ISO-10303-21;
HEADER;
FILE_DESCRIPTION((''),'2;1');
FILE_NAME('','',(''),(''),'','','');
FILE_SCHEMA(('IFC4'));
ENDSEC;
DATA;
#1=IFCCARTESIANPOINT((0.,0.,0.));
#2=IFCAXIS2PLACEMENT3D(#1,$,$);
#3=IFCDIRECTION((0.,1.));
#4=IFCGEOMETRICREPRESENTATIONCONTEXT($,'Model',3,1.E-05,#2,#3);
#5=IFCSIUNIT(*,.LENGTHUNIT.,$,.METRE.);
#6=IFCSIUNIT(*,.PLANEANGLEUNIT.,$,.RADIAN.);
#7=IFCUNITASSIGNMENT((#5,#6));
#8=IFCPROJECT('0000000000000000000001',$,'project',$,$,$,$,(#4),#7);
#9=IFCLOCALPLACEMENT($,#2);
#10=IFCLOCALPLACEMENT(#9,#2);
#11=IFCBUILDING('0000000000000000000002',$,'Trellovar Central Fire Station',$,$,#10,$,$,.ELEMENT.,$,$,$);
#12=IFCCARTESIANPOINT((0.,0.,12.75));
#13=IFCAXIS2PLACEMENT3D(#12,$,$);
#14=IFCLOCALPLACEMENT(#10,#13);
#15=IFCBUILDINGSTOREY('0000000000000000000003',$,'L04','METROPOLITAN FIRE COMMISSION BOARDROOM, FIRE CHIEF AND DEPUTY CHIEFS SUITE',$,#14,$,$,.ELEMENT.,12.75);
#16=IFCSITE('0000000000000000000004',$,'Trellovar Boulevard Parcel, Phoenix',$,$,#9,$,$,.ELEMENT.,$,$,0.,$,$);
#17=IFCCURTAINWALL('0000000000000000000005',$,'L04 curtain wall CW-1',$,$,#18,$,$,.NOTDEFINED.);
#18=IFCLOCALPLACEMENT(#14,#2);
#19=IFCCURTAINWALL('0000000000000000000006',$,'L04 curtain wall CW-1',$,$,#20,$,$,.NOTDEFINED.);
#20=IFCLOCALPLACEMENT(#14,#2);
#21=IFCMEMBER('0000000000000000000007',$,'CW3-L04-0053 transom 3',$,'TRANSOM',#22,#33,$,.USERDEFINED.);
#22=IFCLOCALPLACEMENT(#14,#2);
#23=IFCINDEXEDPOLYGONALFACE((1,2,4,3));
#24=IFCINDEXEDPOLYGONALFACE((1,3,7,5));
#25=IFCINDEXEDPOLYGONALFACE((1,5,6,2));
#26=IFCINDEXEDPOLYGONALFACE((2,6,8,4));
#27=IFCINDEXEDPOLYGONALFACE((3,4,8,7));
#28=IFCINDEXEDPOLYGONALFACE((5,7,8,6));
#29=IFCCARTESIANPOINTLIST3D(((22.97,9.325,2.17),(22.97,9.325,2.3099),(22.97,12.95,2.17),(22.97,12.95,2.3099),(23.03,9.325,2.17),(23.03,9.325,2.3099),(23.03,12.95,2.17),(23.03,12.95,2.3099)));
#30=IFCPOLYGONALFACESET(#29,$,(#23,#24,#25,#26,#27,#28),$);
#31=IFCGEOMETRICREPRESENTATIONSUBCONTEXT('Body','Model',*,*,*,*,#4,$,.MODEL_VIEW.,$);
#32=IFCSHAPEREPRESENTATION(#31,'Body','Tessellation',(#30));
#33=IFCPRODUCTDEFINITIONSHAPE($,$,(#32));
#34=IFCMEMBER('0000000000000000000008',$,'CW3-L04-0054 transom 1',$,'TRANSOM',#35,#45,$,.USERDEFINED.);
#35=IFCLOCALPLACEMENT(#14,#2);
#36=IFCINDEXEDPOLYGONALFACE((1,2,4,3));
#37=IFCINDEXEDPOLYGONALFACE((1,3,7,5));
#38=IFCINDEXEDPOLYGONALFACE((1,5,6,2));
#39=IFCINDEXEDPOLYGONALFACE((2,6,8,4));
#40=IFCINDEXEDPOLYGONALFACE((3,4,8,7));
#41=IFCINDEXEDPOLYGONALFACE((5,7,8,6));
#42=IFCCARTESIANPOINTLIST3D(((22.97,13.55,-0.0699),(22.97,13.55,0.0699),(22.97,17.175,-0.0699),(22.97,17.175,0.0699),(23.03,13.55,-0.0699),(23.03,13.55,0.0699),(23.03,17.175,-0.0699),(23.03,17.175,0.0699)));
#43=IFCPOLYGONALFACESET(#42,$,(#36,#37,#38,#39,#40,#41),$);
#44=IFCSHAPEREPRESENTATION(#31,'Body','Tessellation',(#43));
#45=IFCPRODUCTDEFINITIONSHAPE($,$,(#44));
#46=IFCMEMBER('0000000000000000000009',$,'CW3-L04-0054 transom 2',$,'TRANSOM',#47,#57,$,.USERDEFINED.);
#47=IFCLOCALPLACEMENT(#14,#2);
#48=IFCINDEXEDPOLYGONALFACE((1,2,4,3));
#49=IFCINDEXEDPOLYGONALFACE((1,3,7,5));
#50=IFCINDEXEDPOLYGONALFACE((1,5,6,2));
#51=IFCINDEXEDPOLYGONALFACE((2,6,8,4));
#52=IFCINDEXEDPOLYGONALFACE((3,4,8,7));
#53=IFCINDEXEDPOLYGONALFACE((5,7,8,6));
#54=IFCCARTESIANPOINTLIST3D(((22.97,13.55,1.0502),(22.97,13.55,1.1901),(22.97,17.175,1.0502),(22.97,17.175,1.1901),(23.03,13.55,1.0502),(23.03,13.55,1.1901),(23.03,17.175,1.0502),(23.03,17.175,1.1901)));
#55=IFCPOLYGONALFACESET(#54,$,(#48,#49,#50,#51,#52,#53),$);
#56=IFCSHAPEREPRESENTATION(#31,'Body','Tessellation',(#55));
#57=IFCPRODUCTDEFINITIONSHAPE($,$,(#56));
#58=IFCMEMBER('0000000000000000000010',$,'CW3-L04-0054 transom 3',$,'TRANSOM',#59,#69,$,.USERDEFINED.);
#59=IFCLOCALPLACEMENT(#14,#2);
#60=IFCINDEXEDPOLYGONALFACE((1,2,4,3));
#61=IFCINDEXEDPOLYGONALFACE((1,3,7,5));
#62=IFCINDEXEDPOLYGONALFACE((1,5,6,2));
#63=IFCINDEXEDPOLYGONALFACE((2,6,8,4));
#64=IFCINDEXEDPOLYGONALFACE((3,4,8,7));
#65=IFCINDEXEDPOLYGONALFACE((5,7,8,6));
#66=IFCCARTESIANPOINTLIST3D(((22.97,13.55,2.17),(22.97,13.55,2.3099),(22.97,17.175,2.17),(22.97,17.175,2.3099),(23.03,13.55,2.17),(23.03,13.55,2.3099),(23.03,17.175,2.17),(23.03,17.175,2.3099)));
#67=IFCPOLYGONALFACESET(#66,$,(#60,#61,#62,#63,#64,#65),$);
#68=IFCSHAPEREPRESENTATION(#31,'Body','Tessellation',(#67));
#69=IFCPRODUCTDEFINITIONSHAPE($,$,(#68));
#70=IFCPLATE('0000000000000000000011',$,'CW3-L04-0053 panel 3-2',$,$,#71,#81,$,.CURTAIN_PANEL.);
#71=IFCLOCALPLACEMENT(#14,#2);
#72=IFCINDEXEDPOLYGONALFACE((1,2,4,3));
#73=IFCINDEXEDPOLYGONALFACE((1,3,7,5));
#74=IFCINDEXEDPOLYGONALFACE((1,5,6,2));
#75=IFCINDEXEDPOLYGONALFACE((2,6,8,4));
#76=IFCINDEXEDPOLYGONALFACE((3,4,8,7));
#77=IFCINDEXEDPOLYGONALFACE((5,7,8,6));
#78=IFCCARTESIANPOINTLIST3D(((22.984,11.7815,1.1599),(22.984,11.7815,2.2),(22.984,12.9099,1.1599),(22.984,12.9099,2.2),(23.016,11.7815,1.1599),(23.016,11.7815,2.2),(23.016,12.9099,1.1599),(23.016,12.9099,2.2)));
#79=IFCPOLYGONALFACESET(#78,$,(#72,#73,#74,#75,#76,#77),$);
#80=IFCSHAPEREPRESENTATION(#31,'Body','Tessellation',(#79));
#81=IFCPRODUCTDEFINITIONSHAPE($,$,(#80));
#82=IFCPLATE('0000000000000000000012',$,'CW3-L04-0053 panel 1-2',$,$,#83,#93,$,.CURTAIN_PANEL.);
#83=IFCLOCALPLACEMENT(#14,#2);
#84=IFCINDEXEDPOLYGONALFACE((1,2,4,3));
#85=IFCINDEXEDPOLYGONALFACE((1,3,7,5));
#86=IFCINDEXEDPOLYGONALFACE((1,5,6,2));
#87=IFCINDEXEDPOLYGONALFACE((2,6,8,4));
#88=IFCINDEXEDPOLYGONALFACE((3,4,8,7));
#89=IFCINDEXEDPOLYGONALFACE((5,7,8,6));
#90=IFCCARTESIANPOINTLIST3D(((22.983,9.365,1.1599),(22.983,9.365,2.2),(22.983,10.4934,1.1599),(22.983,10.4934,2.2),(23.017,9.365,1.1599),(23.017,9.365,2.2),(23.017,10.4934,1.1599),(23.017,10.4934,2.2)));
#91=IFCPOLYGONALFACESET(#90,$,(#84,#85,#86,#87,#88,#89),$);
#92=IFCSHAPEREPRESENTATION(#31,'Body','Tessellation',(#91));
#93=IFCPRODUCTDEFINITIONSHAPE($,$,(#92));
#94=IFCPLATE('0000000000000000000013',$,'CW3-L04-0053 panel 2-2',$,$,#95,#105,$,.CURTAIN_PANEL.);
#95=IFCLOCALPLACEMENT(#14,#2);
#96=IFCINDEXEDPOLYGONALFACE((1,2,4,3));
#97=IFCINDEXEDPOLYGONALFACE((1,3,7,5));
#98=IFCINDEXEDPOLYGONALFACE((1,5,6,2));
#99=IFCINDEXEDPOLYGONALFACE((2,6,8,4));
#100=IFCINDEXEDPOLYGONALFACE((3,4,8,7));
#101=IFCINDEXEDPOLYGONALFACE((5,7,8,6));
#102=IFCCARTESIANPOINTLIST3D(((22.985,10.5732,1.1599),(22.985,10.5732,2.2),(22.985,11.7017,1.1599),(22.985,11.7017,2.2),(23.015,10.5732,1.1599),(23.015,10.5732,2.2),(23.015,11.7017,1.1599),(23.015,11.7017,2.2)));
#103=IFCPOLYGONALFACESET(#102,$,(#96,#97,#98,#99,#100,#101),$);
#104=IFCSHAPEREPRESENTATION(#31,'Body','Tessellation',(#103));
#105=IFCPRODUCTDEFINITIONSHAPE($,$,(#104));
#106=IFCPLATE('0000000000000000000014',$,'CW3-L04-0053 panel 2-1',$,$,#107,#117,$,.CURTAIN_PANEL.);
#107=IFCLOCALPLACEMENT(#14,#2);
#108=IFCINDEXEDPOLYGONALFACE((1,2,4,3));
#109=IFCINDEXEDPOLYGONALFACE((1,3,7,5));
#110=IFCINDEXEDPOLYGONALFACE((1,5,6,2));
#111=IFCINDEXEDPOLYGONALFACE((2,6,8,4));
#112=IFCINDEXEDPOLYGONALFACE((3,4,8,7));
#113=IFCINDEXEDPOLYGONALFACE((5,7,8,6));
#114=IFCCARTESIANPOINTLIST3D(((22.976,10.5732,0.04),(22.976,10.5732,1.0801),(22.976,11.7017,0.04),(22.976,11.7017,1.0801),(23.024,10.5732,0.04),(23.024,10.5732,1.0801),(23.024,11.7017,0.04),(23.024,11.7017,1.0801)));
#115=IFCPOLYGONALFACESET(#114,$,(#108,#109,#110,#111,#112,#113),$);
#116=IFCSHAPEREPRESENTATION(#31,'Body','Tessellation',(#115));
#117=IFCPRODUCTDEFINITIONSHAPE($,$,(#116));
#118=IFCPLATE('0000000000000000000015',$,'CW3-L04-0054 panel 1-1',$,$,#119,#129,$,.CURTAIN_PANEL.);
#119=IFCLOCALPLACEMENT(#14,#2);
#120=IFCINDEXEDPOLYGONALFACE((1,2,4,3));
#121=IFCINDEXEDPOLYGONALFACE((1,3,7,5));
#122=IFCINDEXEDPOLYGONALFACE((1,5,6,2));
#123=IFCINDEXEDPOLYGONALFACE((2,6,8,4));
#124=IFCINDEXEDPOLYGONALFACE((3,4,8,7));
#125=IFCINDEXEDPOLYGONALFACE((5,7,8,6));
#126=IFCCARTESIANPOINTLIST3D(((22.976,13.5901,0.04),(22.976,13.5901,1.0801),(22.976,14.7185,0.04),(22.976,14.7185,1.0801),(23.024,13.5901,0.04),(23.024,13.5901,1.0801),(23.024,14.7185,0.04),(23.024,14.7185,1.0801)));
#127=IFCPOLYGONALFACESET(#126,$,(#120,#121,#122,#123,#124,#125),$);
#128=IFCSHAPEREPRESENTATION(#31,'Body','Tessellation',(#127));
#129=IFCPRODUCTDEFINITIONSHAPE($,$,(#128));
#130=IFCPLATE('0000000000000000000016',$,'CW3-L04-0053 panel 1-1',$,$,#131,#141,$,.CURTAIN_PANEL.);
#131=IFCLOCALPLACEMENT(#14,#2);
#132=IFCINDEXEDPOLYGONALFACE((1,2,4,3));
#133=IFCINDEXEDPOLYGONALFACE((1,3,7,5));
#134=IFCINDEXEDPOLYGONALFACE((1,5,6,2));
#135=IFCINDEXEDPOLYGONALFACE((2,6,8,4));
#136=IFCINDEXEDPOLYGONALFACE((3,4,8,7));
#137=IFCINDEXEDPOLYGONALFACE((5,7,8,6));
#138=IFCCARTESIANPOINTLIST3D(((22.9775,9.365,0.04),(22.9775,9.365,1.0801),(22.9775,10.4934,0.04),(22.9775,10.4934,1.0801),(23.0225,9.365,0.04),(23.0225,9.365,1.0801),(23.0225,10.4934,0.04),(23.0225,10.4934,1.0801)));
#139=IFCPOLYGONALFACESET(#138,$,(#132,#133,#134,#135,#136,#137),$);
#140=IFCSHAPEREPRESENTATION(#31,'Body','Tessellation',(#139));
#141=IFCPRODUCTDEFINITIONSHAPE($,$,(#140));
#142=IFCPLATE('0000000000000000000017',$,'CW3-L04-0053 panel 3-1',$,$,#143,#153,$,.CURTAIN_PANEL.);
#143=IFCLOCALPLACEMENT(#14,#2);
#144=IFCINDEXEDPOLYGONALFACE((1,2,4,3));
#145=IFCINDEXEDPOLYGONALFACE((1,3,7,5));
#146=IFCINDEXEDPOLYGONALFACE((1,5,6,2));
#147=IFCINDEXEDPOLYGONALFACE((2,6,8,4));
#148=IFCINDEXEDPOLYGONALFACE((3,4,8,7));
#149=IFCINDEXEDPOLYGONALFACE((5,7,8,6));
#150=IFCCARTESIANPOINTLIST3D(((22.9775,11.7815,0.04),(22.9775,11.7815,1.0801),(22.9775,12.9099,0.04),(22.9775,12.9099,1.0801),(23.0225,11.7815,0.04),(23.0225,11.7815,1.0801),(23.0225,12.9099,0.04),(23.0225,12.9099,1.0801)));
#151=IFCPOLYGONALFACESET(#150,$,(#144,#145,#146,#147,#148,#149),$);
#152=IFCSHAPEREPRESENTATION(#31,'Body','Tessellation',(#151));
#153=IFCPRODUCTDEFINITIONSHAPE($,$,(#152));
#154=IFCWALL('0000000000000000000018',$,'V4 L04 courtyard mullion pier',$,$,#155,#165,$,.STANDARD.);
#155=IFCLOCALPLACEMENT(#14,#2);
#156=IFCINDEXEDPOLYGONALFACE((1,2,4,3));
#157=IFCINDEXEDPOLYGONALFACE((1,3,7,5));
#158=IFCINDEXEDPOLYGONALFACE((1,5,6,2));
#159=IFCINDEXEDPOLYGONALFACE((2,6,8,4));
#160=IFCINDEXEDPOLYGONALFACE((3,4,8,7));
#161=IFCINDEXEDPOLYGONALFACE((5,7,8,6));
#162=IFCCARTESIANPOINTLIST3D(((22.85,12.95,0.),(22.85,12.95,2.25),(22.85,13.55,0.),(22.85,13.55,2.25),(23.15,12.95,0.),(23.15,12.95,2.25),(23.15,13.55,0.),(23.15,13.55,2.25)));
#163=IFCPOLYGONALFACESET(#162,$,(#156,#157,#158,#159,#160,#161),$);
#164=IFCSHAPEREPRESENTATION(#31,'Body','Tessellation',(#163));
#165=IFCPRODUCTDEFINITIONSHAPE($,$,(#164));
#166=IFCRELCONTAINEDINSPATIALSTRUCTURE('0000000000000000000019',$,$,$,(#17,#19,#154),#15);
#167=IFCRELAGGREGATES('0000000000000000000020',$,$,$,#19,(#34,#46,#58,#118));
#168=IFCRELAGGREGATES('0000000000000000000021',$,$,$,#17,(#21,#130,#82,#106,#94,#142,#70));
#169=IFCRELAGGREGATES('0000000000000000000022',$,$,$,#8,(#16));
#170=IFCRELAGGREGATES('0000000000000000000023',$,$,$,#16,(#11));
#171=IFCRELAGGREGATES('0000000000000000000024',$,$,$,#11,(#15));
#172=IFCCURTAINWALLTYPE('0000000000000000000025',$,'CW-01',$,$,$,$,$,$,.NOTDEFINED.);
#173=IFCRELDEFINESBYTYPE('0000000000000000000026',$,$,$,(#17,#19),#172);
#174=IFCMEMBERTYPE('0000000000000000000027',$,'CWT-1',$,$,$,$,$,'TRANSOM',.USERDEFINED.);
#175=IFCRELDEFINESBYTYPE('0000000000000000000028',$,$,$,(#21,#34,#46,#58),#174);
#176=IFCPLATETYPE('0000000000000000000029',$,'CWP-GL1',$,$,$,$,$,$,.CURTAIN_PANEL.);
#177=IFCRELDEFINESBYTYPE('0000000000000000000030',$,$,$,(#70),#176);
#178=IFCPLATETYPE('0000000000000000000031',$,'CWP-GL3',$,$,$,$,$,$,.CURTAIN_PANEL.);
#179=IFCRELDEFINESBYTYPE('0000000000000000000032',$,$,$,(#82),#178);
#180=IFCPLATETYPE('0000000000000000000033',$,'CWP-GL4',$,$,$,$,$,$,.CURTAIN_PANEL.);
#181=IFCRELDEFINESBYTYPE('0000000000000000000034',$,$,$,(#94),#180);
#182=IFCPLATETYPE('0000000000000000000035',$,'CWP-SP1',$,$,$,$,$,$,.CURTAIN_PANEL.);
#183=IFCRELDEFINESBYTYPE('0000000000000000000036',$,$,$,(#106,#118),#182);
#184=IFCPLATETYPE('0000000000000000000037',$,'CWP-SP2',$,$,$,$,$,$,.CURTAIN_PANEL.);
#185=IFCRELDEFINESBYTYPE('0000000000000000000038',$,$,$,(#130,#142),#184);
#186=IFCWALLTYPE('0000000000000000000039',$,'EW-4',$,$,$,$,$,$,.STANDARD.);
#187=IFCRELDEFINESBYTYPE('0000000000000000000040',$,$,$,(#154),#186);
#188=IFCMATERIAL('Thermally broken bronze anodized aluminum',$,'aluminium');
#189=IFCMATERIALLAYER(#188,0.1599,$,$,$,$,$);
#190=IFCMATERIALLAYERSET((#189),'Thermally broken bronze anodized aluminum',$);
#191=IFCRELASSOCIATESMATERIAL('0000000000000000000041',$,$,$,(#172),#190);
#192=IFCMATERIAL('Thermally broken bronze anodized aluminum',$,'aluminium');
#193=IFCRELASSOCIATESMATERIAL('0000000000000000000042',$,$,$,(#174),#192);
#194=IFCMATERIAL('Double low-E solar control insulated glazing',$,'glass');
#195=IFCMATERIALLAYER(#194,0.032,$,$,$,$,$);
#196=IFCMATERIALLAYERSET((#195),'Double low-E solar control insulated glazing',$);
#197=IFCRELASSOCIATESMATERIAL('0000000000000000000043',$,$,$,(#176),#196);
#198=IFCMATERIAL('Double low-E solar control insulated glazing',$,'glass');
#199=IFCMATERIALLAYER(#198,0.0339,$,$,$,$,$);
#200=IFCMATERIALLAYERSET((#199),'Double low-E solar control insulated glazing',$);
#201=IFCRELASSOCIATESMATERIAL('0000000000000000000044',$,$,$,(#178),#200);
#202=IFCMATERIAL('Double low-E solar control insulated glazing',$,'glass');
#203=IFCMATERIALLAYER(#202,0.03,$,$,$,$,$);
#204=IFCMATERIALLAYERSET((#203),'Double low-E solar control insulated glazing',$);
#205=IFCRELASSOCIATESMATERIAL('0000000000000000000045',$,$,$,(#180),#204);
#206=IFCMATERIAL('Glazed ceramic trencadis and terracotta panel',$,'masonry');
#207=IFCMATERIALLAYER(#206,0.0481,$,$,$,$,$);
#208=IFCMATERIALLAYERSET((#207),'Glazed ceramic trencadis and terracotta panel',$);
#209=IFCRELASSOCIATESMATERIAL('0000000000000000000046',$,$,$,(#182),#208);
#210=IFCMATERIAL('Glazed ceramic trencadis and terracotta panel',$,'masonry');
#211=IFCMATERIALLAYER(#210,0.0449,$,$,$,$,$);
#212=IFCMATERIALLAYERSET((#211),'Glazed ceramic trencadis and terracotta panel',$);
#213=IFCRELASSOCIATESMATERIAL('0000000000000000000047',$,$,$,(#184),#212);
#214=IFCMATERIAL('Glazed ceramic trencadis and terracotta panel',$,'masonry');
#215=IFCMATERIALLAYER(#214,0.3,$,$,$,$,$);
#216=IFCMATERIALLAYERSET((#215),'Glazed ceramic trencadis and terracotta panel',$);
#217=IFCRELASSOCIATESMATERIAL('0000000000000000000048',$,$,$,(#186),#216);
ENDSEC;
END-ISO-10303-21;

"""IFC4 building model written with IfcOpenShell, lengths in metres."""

from ifc_helpers import new_model, si_unit, direction, frame, frame_2d, origin, origin_2d, place, context, subcontext, project, spatial, rectangle, extrude, material, layer, layer_set, material_profile, profile_set, type_object, element, aggregate, save


model = new_model("IFC4")

# Units and contexts
model_context = context("Model", 3, precision=1e-05, world=origin(), true_north=direction((0.0, 1.0)))
body_context = subcontext(model_context, "Body", "Model", "MODEL_VIEW")
ifc_project = project(units=[si_unit("LENGTHUNIT", "METRE"), si_unit("PLANEANGLEUNIT", "RADIAN")], contexts=[model_context])

# Site, building, storey
site_placement = place(None, origin())
site = spatial("IfcSite", under=ifc_project, at=site_placement, Name="Trellovar Boulevard Parcel, Phoenix", CompositionType="ELEMENT", RefElevation=0.0)
building_placement = place(site_placement, origin())
building = spatial("IfcBuilding", under=site, at=building_placement, Name="Trellovar Central Fire Station", CompositionType="ELEMENT")
storey_placement = place(building_placement, frame((0.0, 0.0, 12.75)))
storey = spatial("IfcBuildingStorey", under=building, at=storey_placement, Name="L04", Description="METROPOLITAN FIRE COMMISSION BOARDROOM, FIRE CHIEF AND DEPUTY CHIEFS SUITE", CompositionType="ELEMENT", Elevation=12.75)

# Curtain wall
ifc_material_1 = material(Name="Thermally broken bronze anodized aluminum", Category="aluminium")
ifc_layer_1 = layer(ifc_material_1, 0.1599)
ifc_layer_set_1 = layer_set([ifc_layer_1], Name="Thermally broken bronze anodized aluminum")
curtain_wall_type = type_object("IfcCurtainWallType", Name="CW-01", PredefinedType="NOTDEFINED", material=ifc_layer_set_1)
curtain_wall_1_placement = place(storey_placement, origin())
curtain_wall_1 = element("IfcCurtainWall", 1, at=curtain_wall_1_placement, inside=storey, type_object=curtain_wall_type, Name="L04 curtain wall CW-1", PredefinedType="NOTDEFINED")

# Curtain wall
curtain_wall_2_placement = place(storey_placement, origin())
curtain_wall_2 = element("IfcCurtainWall", 2, at=curtain_wall_2_placement, inside=storey, type_object=curtain_wall_type, Name="L04 curtain wall CW-1", PredefinedType="NOTDEFINED")

# Members
ifc_material_2 = material(Name="Thermally broken bronze anodized aluminum", Category="aluminium")
ifc_material_profile_1 = material_profile(ifc_material_2, rectangle(XDim=0.0601, YDim=0.1399, at=origin_2d()), Name="ALU60X140")
ifc_profile_set_1 = profile_set([ifc_material_profile_1], Name="Thermally broken bronze anodized aluminum")
member_type_1 = type_object("IfcMemberType", Name="CWT-1", ElementType="TRANSOM", PredefinedType="USERDEFINED", material=ifc_profile_set_1)
member_1_placement = place(storey_placement, frame((23.0, 9.325, 2.24), z_axis=(0.0, 1.0, 0.0), x_axis=(-1.0, 0.0, 0.0)))
member_1 = element("IfcMember", 3, at=member_1_placement, type_object=member_type_1, Name="CW3-L04-0053 transom 3", ObjectType="TRANSOM", PredefinedType="USERDEFINED", context=body_context, shape_type="SweptSolid", body=[
    extrude(rectangle(XDim=0.0601, YDim=0.1399, at=origin_2d()), origin(), (0.0, 0.0, 1.0), 3.625),
])
member_2_placement = place(storey_placement, frame((23.0, 13.55, 0.0), z_axis=(0.0, 1.0, 0.0), x_axis=(-1.0, 0.0, 0.0)))
member_2 = element("IfcMember", 4, at=member_2_placement, type_object=member_type_1, Name="CW3-L04-0054 transom 1", ObjectType="TRANSOM", PredefinedType="USERDEFINED", context=body_context, shape_type="SweptSolid", body=[
    extrude(rectangle(XDim=0.0601, YDim=0.1399, at=origin_2d()), origin(), (0.0, 0.0, 1.0), 3.625),
])
member_3_placement = place(storey_placement, frame((23.0, 13.55, 1.1201), z_axis=(0.0, 1.0, 0.0), x_axis=(-1.0, 0.0, 0.0)))
member_3 = element("IfcMember", 5, at=member_3_placement, type_object=member_type_1, Name="CW3-L04-0054 transom 2", ObjectType="TRANSOM", PredefinedType="USERDEFINED", context=body_context, shape_type="SweptSolid", body=[
    extrude(rectangle(XDim=0.0601, YDim=0.1399, at=origin_2d()), origin(), (0.0, 0.0, 1.0), 3.625),
])
member_4_placement = place(storey_placement, frame((23.0, 13.55, 2.24), z_axis=(0.0, 1.0, 0.0), x_axis=(-1.0, 0.0, 0.0)))
member_4 = element("IfcMember", 6, at=member_4_placement, type_object=member_type_1, Name="CW3-L04-0054 transom 3", ObjectType="TRANSOM", PredefinedType="USERDEFINED", context=body_context, shape_type="SweptSolid", body=[
    extrude(rectangle(XDim=0.0601, YDim=0.1399, at=origin_2d()), origin(), (0.0, 0.0, 1.0), 3.625),
])

# Plates
ifc_material_3 = material(Name="Double low-E solar control insulated glazing", Category="glass")
ifc_layer_2 = layer(ifc_material_3, 0.032)
ifc_layer_set_2 = layer_set([ifc_layer_2], Name="Double low-E solar control insulated glazing")
plate_type_1 = type_object("IfcPlateType", Name="CWP-GL1", PredefinedType="CURTAIN_PANEL", material=ifc_layer_set_2)
plate_1_placement = place(storey_placement, frame((23.0, 12.3457, 1.1599), z_axis=(0.0, 0.0, 1.0), x_axis=(0.0, 1.0, 0.0)))
plate_1 = element("IfcPlate", 7, at=plate_1_placement, type_object=plate_type_1, Name="CW3-L04-0053 panel 3-2", PredefinedType="CURTAIN_PANEL", context=body_context, shape_type="SweptSolid", body=[
    extrude(rectangle(XDim=1.1284, YDim=0.032, at=origin_2d()), origin(), (0.0, 0.0, 1.0), 1.04),
])
ifc_material_4 = material(Name="Double low-E solar control insulated glazing", Category="glass")
ifc_layer_3 = layer(ifc_material_4, 0.0339)
ifc_layer_set_3 = layer_set([ifc_layer_3], Name="Double low-E solar control insulated glazing")
plate_type_2 = type_object("IfcPlateType", Name="CWP-GL3", PredefinedType="CURTAIN_PANEL", material=ifc_layer_set_3)
plate_2_placement = place(storey_placement, frame((23.0, 9.9292, 1.1599), z_axis=(0.0, 0.0, 1.0), x_axis=(0.0, 1.0, 0.0)))
plate_2 = element("IfcPlate", 8, at=plate_2_placement, type_object=plate_type_2, Name="CW3-L04-0053 panel 1-2", PredefinedType="CURTAIN_PANEL", context=body_context, shape_type="SweptSolid", body=[
    extrude(rectangle(XDim=1.1284, YDim=0.0339, at=origin_2d()), origin(), (0.0, 0.0, 1.0), 1.04),
])
ifc_material_5 = material(Name="Double low-E solar control insulated glazing", Category="glass")
ifc_layer_4 = layer(ifc_material_5, 0.03)
ifc_layer_set_4 = layer_set([ifc_layer_4], Name="Double low-E solar control insulated glazing")
plate_type_3 = type_object("IfcPlateType", Name="CWP-GL4", PredefinedType="CURTAIN_PANEL", material=ifc_layer_set_4)
plate_3_placement = place(storey_placement, frame((23.0, 11.1375, 1.1599), z_axis=(0.0, 0.0, 1.0), x_axis=(0.0, 1.0, 0.0)))
plate_3 = element("IfcPlate", 9, at=plate_3_placement, type_object=plate_type_3, Name="CW3-L04-0053 panel 2-2", PredefinedType="CURTAIN_PANEL", context=body_context, shape_type="SweptSolid", body=[
    extrude(rectangle(XDim=1.1284, YDim=0.03, at=origin_2d()), origin(), (0.0, 0.0, 1.0), 1.04),
])
ifc_material_6 = material(Name="Glazed ceramic trencadis and terracotta panel", Category="masonry")
ifc_layer_5 = layer(ifc_material_6, 0.0481)
ifc_layer_set_5 = layer_set([ifc_layer_5], Name="Glazed ceramic trencadis and terracotta panel")
plate_type_4 = type_object("IfcPlateType", Name="CWP-SP1", PredefinedType="CURTAIN_PANEL", material=ifc_layer_set_5)
plate_4_placement = place(storey_placement, frame((23.0, 11.1375, 0.04), z_axis=(0.0, 0.0, 1.0), x_axis=(0.0, 1.0, 0.0)))
plate_4 = element("IfcPlate", 10, at=plate_4_placement, type_object=plate_type_4, Name="CW3-L04-0053 panel 2-1", PredefinedType="CURTAIN_PANEL", context=body_context, shape_type="SweptSolid", body=[
    extrude(rectangle(XDim=1.1284, YDim=0.0481, at=origin_2d()), origin(), (0.0, 0.0, 1.0), 1.04),
])
plate_5_placement = place(storey_placement, frame((23.0, 14.1543, 0.04), z_axis=(0.0, 0.0, 1.0), x_axis=(0.0, 1.0, 0.0)))
plate_5 = element("IfcPlate", 11, at=plate_5_placement, type_object=plate_type_4, Name="CW3-L04-0054 panel 1-1", PredefinedType="CURTAIN_PANEL", context=body_context, shape_type="SweptSolid", body=[
    extrude(rectangle(XDim=1.1284, YDim=0.0481, at=origin_2d()), origin(), (0.0, 0.0, 1.0), 1.04),
])
aggregate(curtain_wall_2, [member_2, member_3, member_4, plate_5])
ifc_material_7 = material(Name="Glazed ceramic trencadis and terracotta panel", Category="masonry")
ifc_layer_6 = layer(ifc_material_7, 0.0449)
ifc_layer_set_6 = layer_set([ifc_layer_6], Name="Glazed ceramic trencadis and terracotta panel")
plate_type_5 = type_object("IfcPlateType", Name="CWP-SP2", PredefinedType="CURTAIN_PANEL", material=ifc_layer_set_6)
plate_6_placement = place(storey_placement, frame((23.0, 9.9292, 0.04), z_axis=(0.0, 0.0, 1.0), x_axis=(0.0, 1.0, 0.0)))
plate_6 = element("IfcPlate", 12, at=plate_6_placement, type_object=plate_type_5, Name="CW3-L04-0053 panel 1-1", PredefinedType="CURTAIN_PANEL", context=body_context, shape_type="SweptSolid", body=[
    extrude(rectangle(XDim=1.1284, YDim=0.0449, at=origin_2d()), origin(), (0.0, 0.0, 1.0), 1.04),
])
plate_7_placement = place(storey_placement, frame((23.0, 12.3457, 0.04), z_axis=(0.0, 0.0, 1.0), x_axis=(0.0, 1.0, 0.0)))
plate_7 = element("IfcPlate", 13, at=plate_7_placement, type_object=plate_type_5, Name="CW3-L04-0053 panel 3-1", PredefinedType="CURTAIN_PANEL", context=body_context, shape_type="SweptSolid", body=[
    extrude(rectangle(XDim=1.1284, YDim=0.0449, at=origin_2d()), origin(), (0.0, 0.0, 1.0), 1.04),
])
aggregate(curtain_wall_1, [member_1, plate_6, plate_2, plate_4, plate_3, plate_7, plate_1])

# Wall
ifc_material_8 = material(Name="Glazed ceramic trencadis and terracotta panel", Category="masonry")
ifc_layer_7 = layer(ifc_material_8, 0.3)
ifc_layer_set_7 = layer_set([ifc_layer_7], Name="Glazed ceramic trencadis and terracotta panel")
wall_type = type_object("IfcWallType", Name="EW-4", PredefinedType="STANDARD", material=ifc_layer_set_7)
wall_placement = place(storey_placement, frame((23.0, 12.95, 0.0), z_axis=(0.0, 0.0, 1.0), x_axis=(0.0, 1.0, 0.0)))
element("IfcWall", 14, at=wall_placement, inside=storey, type_object=wall_type, Name="V4 L04 courtyard mullion pier", PredefinedType="STANDARD", context=body_context, shape_type="SweptSolid", body=[
    extrude(rectangle(XDim=0.6001, YDim=0.3, at=frame_2d((0.3, 0.0))), origin(), (0.0, 0.0, 1.0), 2.25),
])

save(model, "model.ifc")
